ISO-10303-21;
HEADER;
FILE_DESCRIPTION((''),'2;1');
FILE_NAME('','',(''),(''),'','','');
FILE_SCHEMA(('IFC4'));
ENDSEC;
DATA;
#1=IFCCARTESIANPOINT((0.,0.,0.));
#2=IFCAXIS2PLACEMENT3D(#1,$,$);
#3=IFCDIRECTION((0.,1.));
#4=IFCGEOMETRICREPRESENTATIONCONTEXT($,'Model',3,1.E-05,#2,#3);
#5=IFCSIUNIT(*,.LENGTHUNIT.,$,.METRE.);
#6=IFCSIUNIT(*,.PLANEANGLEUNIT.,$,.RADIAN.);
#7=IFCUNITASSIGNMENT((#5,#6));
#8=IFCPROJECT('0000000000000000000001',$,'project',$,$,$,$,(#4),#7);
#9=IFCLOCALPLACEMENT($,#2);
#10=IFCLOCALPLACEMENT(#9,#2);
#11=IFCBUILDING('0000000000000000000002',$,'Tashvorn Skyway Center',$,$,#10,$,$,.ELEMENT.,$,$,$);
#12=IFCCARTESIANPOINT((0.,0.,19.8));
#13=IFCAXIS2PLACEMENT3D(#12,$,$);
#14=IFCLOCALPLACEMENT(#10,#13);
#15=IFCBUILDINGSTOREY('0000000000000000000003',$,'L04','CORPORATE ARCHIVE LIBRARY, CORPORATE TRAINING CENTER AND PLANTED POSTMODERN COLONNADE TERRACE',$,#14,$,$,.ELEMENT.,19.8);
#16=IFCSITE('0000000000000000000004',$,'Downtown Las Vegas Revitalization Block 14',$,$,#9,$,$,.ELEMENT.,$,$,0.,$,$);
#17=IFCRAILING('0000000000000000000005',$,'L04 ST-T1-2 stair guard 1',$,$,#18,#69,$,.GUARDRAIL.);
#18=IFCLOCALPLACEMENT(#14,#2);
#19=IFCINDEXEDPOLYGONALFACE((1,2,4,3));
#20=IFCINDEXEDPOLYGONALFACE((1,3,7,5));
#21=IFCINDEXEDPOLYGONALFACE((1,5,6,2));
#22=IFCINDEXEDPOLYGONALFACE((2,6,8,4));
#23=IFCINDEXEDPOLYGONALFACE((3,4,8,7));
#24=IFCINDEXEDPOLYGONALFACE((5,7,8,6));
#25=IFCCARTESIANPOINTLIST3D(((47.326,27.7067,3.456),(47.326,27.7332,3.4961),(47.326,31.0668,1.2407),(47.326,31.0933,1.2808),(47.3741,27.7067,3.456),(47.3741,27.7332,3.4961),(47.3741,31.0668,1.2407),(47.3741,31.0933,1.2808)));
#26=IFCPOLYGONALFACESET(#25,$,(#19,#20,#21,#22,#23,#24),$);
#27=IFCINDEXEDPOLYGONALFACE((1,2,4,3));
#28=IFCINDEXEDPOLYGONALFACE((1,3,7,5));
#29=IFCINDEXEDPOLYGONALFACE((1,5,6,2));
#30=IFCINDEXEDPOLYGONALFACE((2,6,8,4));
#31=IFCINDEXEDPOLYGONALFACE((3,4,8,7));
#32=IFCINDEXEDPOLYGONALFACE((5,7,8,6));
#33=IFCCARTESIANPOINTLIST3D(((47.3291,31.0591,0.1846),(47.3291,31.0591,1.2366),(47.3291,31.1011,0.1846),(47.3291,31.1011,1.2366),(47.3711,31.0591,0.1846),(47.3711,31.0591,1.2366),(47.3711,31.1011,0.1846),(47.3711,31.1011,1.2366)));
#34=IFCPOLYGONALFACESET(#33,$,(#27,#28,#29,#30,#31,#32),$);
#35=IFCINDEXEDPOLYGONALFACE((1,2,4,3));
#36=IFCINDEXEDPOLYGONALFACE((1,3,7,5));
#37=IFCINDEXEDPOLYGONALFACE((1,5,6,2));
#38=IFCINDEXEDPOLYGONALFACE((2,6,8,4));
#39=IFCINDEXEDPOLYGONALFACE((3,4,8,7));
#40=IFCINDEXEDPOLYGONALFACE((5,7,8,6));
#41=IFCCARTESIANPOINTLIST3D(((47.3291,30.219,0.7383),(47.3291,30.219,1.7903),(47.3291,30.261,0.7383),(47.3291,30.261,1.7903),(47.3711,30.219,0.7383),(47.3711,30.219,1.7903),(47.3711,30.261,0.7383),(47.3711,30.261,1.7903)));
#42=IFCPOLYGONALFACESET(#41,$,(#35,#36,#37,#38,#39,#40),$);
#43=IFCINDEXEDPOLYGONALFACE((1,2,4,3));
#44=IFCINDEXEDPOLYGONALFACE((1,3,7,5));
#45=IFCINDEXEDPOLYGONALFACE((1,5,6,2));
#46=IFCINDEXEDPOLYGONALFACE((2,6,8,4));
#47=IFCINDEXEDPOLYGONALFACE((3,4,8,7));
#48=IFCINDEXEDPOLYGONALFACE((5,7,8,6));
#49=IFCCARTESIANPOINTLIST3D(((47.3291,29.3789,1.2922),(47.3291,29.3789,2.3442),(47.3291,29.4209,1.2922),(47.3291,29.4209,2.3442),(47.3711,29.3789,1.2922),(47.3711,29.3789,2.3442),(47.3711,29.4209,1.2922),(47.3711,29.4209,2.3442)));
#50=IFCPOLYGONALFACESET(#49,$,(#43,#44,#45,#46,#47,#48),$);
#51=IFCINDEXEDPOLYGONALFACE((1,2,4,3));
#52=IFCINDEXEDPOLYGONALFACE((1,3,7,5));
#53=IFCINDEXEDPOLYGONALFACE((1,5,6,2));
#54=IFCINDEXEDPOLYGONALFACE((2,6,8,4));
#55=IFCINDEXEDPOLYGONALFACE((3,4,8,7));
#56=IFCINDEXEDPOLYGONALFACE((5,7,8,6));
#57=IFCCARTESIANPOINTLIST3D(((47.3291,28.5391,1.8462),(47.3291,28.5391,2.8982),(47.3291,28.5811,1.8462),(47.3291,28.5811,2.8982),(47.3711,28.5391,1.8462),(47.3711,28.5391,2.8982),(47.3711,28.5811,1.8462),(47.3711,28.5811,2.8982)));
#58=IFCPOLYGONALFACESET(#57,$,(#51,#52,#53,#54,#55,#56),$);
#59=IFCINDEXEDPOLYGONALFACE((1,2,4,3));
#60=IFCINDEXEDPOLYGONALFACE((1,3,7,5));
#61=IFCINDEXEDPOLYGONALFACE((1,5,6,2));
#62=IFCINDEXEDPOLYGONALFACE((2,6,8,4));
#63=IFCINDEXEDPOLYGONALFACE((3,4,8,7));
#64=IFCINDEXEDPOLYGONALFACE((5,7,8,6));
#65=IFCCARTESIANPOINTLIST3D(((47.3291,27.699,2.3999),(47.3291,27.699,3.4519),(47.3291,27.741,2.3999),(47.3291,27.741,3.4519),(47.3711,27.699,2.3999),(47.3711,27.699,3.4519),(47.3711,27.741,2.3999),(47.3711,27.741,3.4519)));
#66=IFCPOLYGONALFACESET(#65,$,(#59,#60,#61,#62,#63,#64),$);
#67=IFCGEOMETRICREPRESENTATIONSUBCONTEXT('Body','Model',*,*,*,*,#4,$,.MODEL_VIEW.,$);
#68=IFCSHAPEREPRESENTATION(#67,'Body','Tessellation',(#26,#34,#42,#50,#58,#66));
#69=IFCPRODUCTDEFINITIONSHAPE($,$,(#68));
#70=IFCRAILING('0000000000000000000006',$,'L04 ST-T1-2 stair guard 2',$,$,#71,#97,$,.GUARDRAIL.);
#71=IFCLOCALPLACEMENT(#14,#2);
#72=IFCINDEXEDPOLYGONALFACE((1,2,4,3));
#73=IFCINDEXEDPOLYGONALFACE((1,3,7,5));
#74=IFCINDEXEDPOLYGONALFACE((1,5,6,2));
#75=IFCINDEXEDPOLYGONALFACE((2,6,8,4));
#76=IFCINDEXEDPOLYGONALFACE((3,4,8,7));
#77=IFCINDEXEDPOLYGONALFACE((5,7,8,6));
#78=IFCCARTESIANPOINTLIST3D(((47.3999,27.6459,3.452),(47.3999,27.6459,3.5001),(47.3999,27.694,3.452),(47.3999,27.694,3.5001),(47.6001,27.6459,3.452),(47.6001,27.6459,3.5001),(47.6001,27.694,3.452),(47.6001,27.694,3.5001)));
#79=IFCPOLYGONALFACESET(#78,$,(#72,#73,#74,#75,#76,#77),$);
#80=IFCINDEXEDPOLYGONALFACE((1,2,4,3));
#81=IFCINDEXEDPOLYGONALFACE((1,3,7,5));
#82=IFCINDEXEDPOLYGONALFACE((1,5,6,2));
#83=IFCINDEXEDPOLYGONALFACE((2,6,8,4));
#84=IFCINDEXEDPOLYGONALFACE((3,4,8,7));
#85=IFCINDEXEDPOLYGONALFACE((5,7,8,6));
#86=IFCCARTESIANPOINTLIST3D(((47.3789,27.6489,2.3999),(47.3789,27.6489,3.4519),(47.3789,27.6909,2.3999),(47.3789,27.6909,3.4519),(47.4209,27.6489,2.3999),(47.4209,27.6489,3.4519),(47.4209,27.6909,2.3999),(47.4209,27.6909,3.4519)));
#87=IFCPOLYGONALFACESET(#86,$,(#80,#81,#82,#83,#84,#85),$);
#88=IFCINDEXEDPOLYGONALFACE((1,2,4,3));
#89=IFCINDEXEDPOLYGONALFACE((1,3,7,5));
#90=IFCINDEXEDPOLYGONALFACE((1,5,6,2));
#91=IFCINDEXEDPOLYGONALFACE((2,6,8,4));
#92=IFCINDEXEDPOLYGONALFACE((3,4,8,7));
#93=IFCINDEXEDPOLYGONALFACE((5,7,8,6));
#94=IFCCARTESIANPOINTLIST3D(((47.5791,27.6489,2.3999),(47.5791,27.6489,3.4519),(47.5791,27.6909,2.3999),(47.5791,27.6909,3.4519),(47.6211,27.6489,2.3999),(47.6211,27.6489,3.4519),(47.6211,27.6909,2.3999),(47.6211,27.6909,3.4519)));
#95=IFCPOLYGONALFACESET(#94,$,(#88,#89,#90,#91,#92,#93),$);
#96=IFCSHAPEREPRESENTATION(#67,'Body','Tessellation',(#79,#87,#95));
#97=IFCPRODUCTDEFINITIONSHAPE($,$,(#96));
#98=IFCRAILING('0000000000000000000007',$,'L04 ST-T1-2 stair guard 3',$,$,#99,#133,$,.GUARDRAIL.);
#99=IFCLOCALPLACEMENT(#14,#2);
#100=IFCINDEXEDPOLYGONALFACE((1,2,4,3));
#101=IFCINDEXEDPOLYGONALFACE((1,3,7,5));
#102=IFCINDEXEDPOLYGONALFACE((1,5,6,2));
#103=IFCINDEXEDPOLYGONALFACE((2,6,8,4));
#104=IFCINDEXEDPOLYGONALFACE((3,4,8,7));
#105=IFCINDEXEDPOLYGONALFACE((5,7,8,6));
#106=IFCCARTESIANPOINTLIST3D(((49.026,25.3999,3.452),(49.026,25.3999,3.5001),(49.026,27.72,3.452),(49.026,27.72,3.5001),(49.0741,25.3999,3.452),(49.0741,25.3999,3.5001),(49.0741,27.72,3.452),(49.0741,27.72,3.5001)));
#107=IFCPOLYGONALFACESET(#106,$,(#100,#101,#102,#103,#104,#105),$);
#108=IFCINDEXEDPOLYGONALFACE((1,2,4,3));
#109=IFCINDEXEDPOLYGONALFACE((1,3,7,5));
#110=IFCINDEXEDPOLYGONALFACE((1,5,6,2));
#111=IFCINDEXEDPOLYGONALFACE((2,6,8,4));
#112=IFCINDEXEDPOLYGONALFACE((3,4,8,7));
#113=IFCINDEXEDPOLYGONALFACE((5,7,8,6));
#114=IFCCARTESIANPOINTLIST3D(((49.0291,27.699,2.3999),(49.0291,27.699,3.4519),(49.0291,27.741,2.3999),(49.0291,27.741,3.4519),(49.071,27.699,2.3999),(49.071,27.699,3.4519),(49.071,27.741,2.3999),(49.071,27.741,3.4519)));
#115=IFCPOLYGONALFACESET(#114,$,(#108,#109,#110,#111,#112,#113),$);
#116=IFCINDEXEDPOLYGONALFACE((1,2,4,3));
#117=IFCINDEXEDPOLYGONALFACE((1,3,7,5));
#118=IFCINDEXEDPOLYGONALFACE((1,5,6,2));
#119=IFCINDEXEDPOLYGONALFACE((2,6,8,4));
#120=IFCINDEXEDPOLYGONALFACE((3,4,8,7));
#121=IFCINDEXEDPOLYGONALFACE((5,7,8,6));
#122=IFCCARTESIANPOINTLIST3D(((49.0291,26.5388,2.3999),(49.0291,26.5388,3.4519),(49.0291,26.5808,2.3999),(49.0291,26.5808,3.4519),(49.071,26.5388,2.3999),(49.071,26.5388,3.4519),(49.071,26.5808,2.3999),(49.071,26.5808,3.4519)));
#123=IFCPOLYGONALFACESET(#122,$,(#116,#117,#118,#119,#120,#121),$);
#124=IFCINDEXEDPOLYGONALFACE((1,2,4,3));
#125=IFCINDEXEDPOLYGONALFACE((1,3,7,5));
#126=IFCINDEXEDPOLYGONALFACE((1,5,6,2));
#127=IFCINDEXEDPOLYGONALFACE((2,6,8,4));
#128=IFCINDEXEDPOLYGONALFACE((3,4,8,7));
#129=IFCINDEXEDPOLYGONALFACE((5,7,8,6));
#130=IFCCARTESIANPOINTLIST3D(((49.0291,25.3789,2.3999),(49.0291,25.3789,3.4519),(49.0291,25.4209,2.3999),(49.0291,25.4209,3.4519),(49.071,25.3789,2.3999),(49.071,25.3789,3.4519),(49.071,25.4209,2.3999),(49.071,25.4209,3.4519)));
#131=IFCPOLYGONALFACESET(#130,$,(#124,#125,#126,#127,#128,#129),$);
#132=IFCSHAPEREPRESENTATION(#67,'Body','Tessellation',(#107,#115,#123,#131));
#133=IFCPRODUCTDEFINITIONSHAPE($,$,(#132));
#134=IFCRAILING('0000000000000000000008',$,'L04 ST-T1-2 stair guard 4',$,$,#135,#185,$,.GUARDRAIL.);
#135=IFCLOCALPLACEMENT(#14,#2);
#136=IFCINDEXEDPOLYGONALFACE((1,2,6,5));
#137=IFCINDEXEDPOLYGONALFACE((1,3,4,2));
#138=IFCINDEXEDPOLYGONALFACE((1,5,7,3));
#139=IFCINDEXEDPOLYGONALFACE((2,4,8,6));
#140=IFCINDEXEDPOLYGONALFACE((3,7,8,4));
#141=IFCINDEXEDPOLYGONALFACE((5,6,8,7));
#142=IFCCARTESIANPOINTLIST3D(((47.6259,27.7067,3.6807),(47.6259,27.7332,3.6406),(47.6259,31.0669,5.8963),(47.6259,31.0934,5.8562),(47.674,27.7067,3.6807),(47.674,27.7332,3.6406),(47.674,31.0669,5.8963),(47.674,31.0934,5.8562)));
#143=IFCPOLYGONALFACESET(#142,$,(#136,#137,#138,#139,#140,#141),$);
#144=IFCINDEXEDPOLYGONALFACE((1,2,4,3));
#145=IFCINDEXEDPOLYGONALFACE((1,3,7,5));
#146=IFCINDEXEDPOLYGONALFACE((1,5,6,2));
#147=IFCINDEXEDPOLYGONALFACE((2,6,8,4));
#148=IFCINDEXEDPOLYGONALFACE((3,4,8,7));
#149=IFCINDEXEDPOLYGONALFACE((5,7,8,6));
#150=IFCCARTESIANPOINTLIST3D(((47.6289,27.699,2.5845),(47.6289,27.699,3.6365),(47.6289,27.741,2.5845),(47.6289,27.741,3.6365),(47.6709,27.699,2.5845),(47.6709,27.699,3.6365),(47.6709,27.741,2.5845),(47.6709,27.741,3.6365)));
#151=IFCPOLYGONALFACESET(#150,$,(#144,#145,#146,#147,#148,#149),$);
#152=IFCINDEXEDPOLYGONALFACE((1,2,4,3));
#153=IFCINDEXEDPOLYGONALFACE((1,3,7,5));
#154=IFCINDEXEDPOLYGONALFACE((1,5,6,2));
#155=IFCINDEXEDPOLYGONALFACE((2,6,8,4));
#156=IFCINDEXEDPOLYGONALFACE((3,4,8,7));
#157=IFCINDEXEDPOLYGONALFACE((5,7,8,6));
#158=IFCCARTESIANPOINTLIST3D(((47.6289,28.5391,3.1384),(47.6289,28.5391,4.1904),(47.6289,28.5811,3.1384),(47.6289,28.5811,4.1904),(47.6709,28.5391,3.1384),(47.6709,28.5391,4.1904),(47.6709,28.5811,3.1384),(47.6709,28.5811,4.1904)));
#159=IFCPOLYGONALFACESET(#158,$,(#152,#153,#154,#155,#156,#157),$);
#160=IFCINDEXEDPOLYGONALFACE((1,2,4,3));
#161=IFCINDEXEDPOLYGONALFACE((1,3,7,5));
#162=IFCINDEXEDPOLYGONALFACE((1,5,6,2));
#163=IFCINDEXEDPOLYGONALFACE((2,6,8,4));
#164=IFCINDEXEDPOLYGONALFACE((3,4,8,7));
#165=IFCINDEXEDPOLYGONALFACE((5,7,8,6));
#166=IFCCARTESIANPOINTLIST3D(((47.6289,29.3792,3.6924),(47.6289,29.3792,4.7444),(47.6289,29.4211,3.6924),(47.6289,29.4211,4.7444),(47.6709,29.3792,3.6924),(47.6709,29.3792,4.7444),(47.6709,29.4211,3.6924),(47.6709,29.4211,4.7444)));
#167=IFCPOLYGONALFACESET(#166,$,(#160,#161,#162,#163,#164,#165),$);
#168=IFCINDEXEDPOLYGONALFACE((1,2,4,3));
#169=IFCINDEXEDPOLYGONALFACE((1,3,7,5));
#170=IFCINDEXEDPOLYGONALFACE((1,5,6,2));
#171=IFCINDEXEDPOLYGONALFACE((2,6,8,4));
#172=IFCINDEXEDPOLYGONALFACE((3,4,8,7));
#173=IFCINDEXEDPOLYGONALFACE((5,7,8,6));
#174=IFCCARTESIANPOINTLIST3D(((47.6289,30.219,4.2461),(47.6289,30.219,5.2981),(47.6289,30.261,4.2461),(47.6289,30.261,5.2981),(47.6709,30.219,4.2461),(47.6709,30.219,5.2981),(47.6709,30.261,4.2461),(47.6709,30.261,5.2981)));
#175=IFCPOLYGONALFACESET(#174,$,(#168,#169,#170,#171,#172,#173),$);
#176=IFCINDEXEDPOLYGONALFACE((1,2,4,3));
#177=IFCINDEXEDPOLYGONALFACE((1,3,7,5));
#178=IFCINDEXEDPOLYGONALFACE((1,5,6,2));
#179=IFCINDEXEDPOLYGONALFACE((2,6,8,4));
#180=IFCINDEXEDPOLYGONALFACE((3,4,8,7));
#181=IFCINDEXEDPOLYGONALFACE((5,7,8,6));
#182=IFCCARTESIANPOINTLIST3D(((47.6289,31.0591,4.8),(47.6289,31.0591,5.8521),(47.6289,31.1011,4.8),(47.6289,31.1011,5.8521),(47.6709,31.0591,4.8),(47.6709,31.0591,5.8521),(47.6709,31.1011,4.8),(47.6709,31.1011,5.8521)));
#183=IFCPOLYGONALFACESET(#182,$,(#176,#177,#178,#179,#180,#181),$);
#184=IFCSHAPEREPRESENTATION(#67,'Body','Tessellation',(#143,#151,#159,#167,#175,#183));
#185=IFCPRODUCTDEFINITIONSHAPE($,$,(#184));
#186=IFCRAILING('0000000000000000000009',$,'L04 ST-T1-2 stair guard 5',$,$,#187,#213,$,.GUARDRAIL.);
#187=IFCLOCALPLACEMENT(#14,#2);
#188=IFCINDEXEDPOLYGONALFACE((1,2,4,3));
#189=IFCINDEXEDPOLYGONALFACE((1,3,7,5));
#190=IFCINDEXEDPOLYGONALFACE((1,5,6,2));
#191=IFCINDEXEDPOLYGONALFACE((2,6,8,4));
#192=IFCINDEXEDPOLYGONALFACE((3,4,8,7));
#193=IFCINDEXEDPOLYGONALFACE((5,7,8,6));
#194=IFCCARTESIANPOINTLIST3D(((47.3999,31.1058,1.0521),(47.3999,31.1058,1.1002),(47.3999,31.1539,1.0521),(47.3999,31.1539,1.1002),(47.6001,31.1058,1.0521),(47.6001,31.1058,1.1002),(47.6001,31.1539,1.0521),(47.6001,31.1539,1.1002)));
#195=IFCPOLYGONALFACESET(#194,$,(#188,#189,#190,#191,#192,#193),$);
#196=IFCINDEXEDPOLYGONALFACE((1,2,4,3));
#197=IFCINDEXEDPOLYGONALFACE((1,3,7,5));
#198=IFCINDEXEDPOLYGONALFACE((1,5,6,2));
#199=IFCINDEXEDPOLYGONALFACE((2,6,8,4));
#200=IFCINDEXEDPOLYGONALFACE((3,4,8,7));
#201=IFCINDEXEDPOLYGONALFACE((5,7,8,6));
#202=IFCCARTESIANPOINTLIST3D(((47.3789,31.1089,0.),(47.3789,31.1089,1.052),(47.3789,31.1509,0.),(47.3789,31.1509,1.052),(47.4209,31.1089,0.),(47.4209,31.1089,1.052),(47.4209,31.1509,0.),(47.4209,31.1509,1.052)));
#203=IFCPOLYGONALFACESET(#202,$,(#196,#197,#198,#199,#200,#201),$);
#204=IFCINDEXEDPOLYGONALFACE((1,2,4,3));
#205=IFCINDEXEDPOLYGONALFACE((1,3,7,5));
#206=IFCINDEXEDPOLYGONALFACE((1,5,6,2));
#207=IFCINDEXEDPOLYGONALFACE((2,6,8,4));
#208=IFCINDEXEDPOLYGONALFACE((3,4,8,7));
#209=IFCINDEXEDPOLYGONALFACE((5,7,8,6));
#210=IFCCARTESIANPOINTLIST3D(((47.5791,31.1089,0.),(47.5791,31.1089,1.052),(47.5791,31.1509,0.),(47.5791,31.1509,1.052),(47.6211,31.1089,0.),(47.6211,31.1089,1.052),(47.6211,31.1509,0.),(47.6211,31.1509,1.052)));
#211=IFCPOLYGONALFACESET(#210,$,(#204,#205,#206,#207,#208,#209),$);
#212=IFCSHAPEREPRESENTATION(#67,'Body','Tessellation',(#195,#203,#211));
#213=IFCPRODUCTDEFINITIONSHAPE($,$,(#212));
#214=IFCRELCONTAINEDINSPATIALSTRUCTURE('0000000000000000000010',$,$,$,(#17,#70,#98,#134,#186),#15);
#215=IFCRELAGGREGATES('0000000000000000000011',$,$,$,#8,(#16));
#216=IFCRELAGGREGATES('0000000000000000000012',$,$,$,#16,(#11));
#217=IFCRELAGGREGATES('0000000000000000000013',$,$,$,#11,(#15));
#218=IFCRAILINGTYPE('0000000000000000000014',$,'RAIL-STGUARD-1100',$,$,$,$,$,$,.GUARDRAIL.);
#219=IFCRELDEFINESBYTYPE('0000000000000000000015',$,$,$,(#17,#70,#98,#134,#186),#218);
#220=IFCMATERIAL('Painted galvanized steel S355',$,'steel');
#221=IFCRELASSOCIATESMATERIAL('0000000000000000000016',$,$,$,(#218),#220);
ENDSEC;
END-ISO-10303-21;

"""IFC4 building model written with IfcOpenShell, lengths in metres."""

from ifc_helpers import new_model, si_unit, direction, frame, origin, origin_2d, place, context, subcontext, project, spatial, rectangle, extrude, material, type_object, element, save


model = new_model("IFC4")

# Units and contexts
model_context = context("Model", 3, precision=1e-05, world=origin(), true_north=direction((0.0, 1.0)))
body_context = subcontext(model_context, "Body", "Model", "MODEL_VIEW")
ifc_project = project(units=[si_unit("LENGTHUNIT", "METRE"), si_unit("PLANEANGLEUNIT", "RADIAN")], contexts=[model_context])

# Site, building, storey
site_placement = place(None, origin())
site = spatial("IfcSite", under=ifc_project, at=site_placement, Name="Downtown Las Vegas Revitalization Block 14", CompositionType="ELEMENT", RefElevation=0.0)
building_placement = place(site_placement, origin())
building = spatial("IfcBuilding", under=site, at=building_placement, Name="Tashvorn Skyway Center", CompositionType="ELEMENT")
storey_placement = place(building_placement, frame((0.0, 0.0, 19.8)))
storey = spatial("IfcBuildingStorey", under=building, at=storey_placement, Name="L04", Description="CORPORATE ARCHIVE LIBRARY, CORPORATE TRAINING CENTER AND PLANTED POSTMODERN COLONNADE TERRACE", CompositionType="ELEMENT", Elevation=19.8)

# Railings
ifc_material_1 = material(Name="Painted galvanized steel S355", Category="steel")
railing_type_1 = type_object("IfcRailingType", Name="RAIL-STGUARD-1100", PredefinedType="GUARDRAIL", material=ifc_material_1)
railing_1_placement = place(storey_placement, frame((47.3501, 31.0801, 0.1846)))
element("IfcRailing", 1, at=railing_1_placement, inside=storey, type_object=railing_type_1, Name="L04 ST-T1-2 stair guard 1", PredefinedType="GUARDRAIL", context=body_context, shape_type="SweptSolid", body=[
    extrude(rectangle(XDim=0.0481, YDim=0.0481, at=origin_2d()), frame((0.0, 0.0, 1.0762), z_axis=(0.0, -0.834876, 0.550437), x_axis=(1.0, 0.0, 0.0)), (0.0, 0.0, 1.0), 4.0247),
    extrude(rectangle(XDim=0.042, YDim=0.042, at=origin_2d()), origin(), (0.0, 0.0, 1.0), 1.052),
    extrude(rectangle(XDim=0.042, YDim=0.042, at=origin_2d()), frame((0.0, -0.8401, 0.5537)), (0.0, 0.0, 1.0), 1.052),
    extrude(rectangle(XDim=0.042, YDim=0.042, at=origin_2d()), frame((0.0, -1.6802, 1.1077)), (0.0, 0.0, 1.0), 1.052),
    extrude(rectangle(XDim=0.042, YDim=0.042, at=origin_2d()), frame((0.0, -2.52, 1.6616)), (0.0, 0.0, 1.0), 1.052),
    extrude(rectangle(XDim=0.042, YDim=0.042, at=origin_2d()), frame((0.0, -3.3601, 2.2153)), (0.0, 0.0, 1.0), 1.052),
])
railing_2_placement = place(storey_placement, frame((47.3999, 27.6699, 2.3999)))
element("IfcRailing", 2, at=railing_2_placement, inside=storey, type_object=railing_type_1, Name="L04 ST-T1-2 stair guard 2", PredefinedType="GUARDRAIL", context=body_context, shape_type="SweptSolid", body=[
    extrude(rectangle(XDim=0.0481, YDim=0.0481, at=origin_2d()), frame((0.0, 0.0, 1.0762), z_axis=(1.0, 0.0, 0.0), x_axis=(0.0, 1.0, 0.0)), (0.0, 0.0, 1.0), 0.2002),
    extrude(rectangle(XDim=0.042, YDim=0.042, at=origin_2d()), origin(), (0.0, 0.0, 1.0), 1.052),
    extrude(rectangle(XDim=0.042, YDim=0.042, at=origin_2d()), frame((0.2002, 0.0, 0.0)), (0.0, 0.0, 1.0), 1.052),
])
railing_3_placement = place(storey_placement, frame((49.05, 27.72, 2.3999)))
element("IfcRailing", 3, at=railing_3_placement, inside=storey, type_object=railing_type_1, Name="L04 ST-T1-2 stair guard 3", PredefinedType="GUARDRAIL", context=body_context, shape_type="SweptSolid", body=[
    extrude(rectangle(XDim=0.0481, YDim=0.0481, at=origin_2d()), frame((0.0, 0.0, 1.0762), z_axis=(0.0, -1.0, 0.0), x_axis=(1.0, 0.0, 0.0)), (0.0, 0.0, 1.0), 2.3201),
    extrude(rectangle(XDim=0.042, YDim=0.042, at=origin_2d()), origin(), (0.0, 0.0, 1.0), 1.052),
    extrude(rectangle(XDim=0.042, YDim=0.042, at=origin_2d()), frame((0.0, -1.1602, 0.0)), (0.0, 0.0, 1.0), 1.052),
    extrude(rectangle(XDim=0.042, YDim=0.042, at=origin_2d()), frame((0.0, -2.3201, 0.0)), (0.0, 0.0, 1.0), 1.052),
])
railing_4_placement = place(storey_placement, frame((47.6499, 27.72, 2.5845)))
element("IfcRailing", 4, at=railing_4_placement, inside=storey, type_object=railing_type_1, Name="L04 ST-T1-2 stair guard 4", PredefinedType="GUARDRAIL", context=body_context, shape_type="SweptSolid", body=[
    extrude(rectangle(XDim=0.0481, YDim=0.0481, at=origin_2d()), frame((0.0, 0.0, 1.0762), z_axis=(0.0, 0.834849, 0.55048), x_axis=(-1.0, 0.0, 0.0)), (0.0, 0.0, 1.0), 4.0249),
    extrude(rectangle(XDim=0.042, YDim=0.042, at=origin_2d()), origin(), (0.0, 0.0, 1.0), 1.052),
    extrude(rectangle(XDim=0.042, YDim=0.042, at=origin_2d()), frame((0.0, 0.8401, 0.554)), (0.0, 0.0, 1.0), 1.052),
    extrude(rectangle(XDim=0.042, YDim=0.042, at=origin_2d()), frame((0.0, 1.6802, 1.1079)), (0.0, 0.0, 1.0), 1.052),
    extrude(rectangle(XDim=0.042, YDim=0.042, at=origin_2d()), frame((0.0, 2.52, 1.6616)), (0.0, 0.0, 1.0), 1.052),
    extrude(rectangle(XDim=0.042, YDim=0.042, at=origin_2d()), frame((0.0, 3.3601, 2.2156)), (0.0, 0.0, 1.0), 1.052),
])
railing_5_placement = place(storey_placement, frame((47.3999, 31.1299, 0.0)))
element("IfcRailing", 5, at=railing_5_placement, inside=storey, type_object=railing_type_1, Name="L04 ST-T1-2 stair guard 5", PredefinedType="GUARDRAIL", context=body_context, shape_type="SweptSolid", body=[
    extrude(rectangle(XDim=0.0481, YDim=0.0481, at=origin_2d()), frame((0.0, 0.0, 1.0762), z_axis=(1.0, 0.0, 0.0), x_axis=(0.0, 1.0, 0.0)), (0.0, 0.0, 1.0), 0.2002),
    extrude(rectangle(XDim=0.042, YDim=0.042, at=origin_2d()), origin(), (0.0, 0.0, 1.0), 1.052),
    extrude(rectangle(XDim=0.042, YDim=0.042, at=origin_2d()), frame((0.2002, 0.0, 0.0)), (0.0, 0.0, 1.0), 1.052),
])

save(model, "model.ifc")
